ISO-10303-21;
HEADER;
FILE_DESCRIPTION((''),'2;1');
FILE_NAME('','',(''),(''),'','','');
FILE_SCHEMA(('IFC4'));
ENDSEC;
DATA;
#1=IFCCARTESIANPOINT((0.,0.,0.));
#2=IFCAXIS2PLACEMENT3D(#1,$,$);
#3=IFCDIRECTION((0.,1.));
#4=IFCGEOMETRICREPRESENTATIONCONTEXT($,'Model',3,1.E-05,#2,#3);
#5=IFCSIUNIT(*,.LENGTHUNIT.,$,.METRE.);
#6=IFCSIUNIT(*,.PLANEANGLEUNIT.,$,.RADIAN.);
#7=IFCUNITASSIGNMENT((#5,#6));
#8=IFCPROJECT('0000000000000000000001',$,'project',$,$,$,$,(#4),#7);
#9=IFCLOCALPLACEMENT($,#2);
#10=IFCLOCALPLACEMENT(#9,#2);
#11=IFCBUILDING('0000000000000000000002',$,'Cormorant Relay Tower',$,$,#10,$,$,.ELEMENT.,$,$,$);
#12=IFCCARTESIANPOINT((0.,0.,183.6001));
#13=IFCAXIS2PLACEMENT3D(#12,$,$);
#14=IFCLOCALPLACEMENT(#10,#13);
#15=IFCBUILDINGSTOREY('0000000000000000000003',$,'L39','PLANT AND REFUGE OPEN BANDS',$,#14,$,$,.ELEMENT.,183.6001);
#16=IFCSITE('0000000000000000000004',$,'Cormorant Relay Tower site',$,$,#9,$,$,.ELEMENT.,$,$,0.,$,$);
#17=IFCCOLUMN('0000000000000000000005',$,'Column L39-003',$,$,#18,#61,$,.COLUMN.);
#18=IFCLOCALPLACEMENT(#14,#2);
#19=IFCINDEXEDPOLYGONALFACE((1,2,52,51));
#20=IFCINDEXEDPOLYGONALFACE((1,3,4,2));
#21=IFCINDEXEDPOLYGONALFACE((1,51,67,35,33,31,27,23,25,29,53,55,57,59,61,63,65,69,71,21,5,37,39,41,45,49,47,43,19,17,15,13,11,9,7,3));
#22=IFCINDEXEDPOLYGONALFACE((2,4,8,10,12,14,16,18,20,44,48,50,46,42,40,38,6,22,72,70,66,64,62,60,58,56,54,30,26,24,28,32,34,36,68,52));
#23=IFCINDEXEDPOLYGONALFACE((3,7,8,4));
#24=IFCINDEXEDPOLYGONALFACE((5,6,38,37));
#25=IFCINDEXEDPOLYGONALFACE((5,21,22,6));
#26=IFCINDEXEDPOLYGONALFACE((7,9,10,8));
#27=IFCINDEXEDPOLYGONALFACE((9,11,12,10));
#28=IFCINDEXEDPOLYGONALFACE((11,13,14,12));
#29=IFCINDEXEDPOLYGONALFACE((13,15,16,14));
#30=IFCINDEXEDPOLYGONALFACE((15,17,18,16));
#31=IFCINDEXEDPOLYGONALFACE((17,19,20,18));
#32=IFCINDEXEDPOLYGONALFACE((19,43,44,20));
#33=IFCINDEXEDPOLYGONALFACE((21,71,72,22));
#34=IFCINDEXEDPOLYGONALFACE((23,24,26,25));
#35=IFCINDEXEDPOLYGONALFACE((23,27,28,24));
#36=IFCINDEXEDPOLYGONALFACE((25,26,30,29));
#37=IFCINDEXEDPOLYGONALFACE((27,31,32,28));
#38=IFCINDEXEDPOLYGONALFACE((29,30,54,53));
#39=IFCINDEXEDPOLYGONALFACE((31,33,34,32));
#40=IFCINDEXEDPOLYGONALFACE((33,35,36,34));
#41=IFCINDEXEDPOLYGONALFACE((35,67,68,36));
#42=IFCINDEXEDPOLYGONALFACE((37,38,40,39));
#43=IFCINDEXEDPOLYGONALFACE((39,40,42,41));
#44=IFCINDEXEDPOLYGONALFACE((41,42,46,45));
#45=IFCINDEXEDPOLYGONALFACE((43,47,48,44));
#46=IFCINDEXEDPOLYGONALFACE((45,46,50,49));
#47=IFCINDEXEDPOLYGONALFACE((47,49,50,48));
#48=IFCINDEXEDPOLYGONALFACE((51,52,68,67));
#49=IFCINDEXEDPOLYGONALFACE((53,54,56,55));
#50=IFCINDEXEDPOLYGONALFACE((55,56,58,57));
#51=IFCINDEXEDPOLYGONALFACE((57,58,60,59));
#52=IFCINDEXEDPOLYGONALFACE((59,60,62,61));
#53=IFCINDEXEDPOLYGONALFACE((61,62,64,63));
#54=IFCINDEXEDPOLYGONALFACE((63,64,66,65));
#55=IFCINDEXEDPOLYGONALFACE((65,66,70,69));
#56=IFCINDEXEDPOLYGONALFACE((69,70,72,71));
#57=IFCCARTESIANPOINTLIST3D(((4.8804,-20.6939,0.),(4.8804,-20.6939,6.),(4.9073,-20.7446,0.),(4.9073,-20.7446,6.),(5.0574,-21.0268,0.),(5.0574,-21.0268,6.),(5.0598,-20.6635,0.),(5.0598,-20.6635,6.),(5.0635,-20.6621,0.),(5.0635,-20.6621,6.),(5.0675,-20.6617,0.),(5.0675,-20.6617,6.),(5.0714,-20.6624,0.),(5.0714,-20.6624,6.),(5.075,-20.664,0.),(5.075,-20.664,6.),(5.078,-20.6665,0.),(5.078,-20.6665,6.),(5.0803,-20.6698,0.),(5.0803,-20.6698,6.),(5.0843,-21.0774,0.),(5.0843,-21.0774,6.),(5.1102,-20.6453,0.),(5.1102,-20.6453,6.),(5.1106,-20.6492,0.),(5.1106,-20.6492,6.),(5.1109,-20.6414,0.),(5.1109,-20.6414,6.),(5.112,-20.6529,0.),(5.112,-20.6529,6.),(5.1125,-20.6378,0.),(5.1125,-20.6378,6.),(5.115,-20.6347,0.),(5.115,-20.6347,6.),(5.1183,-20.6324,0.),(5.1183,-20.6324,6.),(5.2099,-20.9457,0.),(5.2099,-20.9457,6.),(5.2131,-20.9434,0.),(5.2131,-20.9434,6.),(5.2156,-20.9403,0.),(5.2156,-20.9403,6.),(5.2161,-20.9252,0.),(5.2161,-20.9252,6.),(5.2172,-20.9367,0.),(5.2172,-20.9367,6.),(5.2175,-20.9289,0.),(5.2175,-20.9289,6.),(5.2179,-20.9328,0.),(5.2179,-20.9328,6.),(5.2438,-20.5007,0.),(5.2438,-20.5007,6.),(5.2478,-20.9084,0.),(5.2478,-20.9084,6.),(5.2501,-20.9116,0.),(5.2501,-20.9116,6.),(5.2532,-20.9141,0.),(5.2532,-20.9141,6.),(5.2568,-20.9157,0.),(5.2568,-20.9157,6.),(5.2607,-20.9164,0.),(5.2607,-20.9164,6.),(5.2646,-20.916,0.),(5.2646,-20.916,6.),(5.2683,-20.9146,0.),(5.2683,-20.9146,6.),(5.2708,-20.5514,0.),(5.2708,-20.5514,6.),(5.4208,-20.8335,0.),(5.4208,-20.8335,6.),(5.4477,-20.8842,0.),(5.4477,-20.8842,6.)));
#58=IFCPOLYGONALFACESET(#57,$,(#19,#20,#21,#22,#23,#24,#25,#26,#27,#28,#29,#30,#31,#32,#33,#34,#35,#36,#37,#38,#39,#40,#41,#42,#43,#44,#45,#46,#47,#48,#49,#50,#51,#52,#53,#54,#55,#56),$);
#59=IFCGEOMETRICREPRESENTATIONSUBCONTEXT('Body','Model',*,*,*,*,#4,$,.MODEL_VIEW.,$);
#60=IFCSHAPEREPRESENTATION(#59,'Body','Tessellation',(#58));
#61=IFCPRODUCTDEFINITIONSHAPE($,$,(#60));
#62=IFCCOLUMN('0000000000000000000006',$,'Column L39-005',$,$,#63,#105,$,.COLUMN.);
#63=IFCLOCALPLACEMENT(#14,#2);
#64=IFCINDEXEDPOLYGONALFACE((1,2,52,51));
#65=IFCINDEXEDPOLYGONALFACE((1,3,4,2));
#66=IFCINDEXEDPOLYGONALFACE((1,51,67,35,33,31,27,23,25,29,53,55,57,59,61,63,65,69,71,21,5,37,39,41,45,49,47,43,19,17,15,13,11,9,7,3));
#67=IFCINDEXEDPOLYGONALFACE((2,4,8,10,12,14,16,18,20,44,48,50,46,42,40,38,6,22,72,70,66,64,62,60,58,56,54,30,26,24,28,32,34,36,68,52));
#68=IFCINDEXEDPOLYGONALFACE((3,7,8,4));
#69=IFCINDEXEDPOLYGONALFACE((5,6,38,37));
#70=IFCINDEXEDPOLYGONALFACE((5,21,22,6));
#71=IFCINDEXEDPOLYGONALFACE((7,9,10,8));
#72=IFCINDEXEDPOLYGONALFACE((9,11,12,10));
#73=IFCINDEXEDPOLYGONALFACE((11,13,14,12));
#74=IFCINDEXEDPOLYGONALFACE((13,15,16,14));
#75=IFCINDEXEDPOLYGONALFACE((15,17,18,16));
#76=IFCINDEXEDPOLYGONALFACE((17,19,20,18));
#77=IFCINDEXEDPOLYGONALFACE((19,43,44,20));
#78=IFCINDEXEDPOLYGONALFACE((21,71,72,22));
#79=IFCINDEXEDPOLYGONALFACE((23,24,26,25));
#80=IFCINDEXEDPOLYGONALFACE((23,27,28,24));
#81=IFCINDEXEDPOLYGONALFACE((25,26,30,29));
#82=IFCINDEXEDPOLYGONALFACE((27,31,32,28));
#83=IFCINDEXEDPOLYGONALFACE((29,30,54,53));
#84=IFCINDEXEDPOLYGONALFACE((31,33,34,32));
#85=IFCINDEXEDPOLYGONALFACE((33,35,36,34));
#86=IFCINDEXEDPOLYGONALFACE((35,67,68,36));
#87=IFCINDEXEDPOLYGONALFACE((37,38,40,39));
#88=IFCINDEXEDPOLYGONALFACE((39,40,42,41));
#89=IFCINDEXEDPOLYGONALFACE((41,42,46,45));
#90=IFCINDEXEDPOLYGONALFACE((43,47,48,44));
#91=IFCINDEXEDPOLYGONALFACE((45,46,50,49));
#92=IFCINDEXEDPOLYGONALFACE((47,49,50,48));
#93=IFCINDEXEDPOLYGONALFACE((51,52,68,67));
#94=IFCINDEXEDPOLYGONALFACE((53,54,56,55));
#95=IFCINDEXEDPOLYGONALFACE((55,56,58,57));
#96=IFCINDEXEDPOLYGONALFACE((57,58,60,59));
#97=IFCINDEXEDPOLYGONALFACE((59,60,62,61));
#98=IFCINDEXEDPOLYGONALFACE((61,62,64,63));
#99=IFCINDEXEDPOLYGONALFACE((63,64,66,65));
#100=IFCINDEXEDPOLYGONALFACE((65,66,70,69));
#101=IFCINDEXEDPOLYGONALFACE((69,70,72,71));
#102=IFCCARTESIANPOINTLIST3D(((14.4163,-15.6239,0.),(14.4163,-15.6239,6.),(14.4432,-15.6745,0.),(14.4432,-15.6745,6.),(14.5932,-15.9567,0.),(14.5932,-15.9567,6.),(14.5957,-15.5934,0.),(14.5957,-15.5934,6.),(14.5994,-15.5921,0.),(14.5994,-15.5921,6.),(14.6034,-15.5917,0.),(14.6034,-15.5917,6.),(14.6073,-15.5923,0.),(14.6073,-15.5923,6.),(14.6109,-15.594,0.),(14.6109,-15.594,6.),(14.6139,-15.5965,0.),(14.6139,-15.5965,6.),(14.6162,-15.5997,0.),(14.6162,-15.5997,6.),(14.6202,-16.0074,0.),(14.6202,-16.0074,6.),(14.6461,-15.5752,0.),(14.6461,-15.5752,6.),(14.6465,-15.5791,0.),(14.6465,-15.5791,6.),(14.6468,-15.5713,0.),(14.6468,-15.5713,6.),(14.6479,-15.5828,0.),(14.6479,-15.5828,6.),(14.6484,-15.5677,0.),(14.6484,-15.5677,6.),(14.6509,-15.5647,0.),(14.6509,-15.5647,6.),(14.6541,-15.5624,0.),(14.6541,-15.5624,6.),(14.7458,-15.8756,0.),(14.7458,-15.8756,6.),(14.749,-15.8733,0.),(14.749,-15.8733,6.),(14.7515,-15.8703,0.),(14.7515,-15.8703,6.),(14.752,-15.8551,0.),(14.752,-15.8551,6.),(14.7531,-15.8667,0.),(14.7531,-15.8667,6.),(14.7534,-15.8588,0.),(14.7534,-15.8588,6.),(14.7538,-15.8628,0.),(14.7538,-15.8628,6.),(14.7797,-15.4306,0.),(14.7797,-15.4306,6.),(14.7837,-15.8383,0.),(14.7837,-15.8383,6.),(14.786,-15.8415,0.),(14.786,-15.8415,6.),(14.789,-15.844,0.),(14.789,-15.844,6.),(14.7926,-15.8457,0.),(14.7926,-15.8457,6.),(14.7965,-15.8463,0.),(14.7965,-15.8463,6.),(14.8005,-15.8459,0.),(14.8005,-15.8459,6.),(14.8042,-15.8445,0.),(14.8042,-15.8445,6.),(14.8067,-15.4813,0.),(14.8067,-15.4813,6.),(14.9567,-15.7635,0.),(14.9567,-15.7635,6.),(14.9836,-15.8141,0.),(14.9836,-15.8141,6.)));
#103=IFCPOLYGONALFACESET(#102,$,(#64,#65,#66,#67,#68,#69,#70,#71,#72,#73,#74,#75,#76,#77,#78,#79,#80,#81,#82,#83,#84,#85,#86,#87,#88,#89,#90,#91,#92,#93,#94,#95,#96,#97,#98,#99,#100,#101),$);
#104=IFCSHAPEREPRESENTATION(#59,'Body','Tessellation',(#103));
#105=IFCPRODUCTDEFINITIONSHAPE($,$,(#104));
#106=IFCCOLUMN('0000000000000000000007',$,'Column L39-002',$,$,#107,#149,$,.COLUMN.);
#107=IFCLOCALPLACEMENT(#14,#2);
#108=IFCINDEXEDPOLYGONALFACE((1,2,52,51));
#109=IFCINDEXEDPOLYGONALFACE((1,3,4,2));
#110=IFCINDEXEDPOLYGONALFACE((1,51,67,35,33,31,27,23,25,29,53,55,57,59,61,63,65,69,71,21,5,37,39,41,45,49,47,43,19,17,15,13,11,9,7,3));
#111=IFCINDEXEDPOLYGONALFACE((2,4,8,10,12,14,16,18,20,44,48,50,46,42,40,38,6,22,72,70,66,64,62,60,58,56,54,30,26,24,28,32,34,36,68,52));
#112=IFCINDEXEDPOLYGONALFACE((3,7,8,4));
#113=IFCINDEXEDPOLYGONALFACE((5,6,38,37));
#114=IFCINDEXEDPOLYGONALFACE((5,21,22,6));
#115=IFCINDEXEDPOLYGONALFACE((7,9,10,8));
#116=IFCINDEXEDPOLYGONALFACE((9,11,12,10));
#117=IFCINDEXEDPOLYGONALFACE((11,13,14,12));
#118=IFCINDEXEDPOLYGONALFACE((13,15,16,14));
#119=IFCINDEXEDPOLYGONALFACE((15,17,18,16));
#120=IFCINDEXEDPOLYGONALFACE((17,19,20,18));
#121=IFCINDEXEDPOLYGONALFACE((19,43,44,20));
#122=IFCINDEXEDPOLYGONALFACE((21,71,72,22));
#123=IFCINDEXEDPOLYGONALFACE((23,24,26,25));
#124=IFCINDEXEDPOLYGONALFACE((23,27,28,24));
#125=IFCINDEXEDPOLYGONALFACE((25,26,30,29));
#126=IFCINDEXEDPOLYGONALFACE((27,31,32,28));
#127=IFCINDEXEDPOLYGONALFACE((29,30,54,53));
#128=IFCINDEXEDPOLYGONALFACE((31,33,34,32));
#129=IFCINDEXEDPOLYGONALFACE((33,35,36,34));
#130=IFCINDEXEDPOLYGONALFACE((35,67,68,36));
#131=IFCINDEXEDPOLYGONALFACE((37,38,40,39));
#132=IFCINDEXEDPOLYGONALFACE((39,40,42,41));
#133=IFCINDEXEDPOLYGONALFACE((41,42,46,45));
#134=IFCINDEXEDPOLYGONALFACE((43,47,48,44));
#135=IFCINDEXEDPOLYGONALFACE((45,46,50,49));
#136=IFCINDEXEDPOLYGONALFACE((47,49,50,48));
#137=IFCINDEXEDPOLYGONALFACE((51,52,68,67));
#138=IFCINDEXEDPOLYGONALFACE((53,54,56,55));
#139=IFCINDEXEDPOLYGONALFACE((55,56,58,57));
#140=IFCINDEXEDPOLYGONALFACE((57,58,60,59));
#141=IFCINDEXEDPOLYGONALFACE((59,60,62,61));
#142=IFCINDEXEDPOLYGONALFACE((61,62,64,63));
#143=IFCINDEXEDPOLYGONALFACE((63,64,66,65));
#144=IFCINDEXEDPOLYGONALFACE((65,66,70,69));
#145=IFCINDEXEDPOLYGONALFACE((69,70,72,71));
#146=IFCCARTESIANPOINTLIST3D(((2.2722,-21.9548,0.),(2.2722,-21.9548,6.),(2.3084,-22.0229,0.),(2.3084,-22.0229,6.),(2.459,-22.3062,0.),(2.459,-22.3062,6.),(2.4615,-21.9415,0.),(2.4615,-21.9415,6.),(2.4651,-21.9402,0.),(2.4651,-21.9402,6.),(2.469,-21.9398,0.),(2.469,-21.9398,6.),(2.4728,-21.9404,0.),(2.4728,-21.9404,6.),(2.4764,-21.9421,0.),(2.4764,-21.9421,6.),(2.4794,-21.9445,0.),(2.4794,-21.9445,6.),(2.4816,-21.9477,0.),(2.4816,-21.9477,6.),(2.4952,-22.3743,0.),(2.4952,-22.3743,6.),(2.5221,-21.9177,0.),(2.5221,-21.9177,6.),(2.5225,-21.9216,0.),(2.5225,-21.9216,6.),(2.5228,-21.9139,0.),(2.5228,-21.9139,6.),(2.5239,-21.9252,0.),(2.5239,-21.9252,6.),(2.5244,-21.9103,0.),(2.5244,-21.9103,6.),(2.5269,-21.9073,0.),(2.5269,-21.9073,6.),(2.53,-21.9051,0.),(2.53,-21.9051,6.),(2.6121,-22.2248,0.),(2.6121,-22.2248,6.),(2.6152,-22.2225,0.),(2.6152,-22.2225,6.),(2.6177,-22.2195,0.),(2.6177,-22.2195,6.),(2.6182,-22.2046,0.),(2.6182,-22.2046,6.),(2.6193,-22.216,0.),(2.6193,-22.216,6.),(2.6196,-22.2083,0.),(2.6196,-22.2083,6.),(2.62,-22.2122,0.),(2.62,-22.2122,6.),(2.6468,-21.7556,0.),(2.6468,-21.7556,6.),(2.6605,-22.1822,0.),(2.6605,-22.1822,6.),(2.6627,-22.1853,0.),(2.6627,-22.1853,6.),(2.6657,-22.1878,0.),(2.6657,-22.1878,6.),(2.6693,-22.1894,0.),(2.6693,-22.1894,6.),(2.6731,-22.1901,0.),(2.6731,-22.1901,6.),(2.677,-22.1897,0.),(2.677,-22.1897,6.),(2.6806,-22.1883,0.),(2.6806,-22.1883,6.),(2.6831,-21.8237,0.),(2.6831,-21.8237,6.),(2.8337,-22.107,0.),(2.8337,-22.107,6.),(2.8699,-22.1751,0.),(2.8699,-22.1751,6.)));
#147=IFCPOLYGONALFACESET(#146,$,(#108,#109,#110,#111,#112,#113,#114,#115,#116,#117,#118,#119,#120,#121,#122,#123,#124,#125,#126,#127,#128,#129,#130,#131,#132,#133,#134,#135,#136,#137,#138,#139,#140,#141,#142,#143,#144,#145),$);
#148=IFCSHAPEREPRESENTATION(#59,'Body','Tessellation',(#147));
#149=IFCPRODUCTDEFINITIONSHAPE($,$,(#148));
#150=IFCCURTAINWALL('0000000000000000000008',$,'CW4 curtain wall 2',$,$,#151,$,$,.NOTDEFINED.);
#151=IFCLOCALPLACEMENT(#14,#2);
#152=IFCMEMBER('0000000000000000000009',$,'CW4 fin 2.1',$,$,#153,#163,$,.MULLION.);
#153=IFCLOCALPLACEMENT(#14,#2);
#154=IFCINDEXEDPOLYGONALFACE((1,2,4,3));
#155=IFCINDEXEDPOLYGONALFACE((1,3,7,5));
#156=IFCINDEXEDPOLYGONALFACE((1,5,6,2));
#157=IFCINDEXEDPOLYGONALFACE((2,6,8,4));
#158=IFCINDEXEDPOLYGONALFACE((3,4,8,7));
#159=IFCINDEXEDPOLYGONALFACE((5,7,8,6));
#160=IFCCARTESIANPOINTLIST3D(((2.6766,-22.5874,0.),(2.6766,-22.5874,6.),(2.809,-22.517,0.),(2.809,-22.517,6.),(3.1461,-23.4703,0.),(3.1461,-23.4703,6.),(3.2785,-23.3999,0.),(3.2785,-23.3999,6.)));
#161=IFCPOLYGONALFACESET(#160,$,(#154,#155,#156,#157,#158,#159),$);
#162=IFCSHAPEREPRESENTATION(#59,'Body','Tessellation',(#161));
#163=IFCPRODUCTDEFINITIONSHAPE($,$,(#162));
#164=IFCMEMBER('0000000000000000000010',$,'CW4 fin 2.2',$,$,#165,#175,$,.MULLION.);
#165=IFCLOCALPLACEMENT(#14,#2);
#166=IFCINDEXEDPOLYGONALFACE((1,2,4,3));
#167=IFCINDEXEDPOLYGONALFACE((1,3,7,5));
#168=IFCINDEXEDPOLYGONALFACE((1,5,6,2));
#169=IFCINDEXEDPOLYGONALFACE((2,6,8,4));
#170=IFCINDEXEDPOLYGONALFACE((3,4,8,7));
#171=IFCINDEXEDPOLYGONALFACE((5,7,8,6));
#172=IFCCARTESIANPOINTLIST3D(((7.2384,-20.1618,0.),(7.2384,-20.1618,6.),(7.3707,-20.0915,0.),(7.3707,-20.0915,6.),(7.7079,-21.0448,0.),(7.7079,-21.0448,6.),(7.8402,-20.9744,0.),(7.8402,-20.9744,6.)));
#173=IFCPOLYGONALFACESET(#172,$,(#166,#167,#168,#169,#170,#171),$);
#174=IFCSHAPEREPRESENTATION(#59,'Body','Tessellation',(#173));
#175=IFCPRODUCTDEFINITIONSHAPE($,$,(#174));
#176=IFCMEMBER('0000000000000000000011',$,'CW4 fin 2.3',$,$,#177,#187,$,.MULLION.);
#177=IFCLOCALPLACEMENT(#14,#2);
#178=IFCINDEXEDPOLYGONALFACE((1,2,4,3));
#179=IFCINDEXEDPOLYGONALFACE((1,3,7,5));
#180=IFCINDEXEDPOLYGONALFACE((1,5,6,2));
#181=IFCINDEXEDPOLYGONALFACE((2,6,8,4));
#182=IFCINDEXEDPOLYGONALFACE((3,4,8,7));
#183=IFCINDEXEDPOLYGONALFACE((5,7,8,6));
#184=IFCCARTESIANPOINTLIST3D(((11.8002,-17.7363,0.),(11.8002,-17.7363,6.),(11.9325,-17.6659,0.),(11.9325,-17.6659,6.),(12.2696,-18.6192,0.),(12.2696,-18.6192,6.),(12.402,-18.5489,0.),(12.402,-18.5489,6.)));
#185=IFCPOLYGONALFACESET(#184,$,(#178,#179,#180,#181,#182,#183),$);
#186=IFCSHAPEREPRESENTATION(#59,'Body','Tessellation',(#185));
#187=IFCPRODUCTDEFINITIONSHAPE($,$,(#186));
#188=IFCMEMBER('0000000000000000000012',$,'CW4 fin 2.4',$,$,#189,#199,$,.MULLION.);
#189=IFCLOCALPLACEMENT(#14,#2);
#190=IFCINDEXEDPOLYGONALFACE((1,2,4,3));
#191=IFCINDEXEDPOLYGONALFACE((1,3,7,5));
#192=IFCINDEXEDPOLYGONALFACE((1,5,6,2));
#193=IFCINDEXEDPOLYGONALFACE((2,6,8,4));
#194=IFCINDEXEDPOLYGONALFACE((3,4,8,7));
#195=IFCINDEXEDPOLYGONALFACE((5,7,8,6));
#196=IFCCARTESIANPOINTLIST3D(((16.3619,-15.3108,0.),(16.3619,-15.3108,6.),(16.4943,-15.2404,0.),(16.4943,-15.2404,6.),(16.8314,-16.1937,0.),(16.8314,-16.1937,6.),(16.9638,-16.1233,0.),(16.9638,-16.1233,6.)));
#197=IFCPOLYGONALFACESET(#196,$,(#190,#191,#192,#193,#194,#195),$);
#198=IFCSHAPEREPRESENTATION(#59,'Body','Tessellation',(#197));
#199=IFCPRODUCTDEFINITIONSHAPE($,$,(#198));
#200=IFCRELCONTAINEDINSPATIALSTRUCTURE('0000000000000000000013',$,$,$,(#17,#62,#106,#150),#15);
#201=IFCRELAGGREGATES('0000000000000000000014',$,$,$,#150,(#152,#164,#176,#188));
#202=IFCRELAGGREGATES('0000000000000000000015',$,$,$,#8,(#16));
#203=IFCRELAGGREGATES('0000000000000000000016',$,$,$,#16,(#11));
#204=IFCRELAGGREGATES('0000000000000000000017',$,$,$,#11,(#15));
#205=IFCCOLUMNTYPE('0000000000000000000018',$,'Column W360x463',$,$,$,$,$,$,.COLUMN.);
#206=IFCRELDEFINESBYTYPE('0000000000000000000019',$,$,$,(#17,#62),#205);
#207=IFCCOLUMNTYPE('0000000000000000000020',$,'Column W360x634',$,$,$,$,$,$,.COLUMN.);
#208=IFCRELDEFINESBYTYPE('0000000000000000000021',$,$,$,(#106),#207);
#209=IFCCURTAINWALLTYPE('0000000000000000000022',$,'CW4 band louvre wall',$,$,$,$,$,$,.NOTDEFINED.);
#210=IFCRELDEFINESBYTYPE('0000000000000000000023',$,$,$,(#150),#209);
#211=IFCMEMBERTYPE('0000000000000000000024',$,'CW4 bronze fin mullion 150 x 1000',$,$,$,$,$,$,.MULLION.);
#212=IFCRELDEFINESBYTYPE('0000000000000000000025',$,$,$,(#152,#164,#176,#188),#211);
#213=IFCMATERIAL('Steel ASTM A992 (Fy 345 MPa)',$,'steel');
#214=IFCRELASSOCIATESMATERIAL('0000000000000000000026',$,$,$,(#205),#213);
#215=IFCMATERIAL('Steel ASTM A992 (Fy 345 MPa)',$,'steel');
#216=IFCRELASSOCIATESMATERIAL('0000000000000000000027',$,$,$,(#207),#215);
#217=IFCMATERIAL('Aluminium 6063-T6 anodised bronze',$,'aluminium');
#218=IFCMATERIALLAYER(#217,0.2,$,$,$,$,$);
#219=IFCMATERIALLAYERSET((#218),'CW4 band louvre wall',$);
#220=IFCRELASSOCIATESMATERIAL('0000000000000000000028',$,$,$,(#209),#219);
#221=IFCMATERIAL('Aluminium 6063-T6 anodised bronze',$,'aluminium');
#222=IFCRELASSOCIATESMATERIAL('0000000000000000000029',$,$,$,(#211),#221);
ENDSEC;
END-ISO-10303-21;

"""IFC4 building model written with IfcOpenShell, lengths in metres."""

from ifc_helpers import new_model, si_unit, direction, frame, origin, origin_2d, place, context, subcontext, project, spatial, rectangle, i_section, extrude, material, layer, layer_set, material_profile, profile_set, type_object, element, aggregate, save


model = new_model("IFC4")

# Units and contexts
model_context = context("Model", 3, precision=1e-05, world=origin(), true_north=direction((0.0, 1.0)))
body_context = subcontext(model_context, "Body", "Model", "MODEL_VIEW")
ifc_project = project(units=[si_unit("LENGTHUNIT", "METRE"), si_unit("PLANEANGLEUNIT", "RADIAN")], contexts=[model_context])

# Site, building, storey
site_placement = place(None, origin())
site = spatial("IfcSite", under=ifc_project, at=site_placement, Name="Cormorant Relay Tower site", CompositionType="ELEMENT", RefElevation=0.0)
building_placement = place(site_placement, origin())
building = spatial("IfcBuilding", under=site, at=building_placement, Name="Cormorant Relay Tower", CompositionType="ELEMENT")
storey_placement = place(building_placement, frame((0.0, 0.0, 183.6001)))
storey = spatial("IfcBuildingStorey", under=building, at=storey_placement, Name="L39", Description="PLANT AND REFUGE OPEN BANDS", CompositionType="ELEMENT", Elevation=183.6001)

# Columns
ifc_material_1 = material(Name="Steel ASTM A992 (Fy 345 MPa)", Category="steel")
ifc_material_profile_1 = material_profile(ifc_material_1, i_section(OverallWidth=0.4116, OverallDepth=0.4343, WebThickness=0.0359, FlangeThickness=0.0574, FilletRadius=0.0151, at=origin_2d()), Name="W360x463")
ifc_profile_set_1 = profile_set([ifc_material_profile_1], Name="Steel ASTM A992 (Fy 345 MPa)")
column_type_1 = type_object("IfcColumnType", Name="Column W360x463", PredefinedType="COLUMN", material=ifc_profile_set_1)
for number, where, z_axis, x_axis, name in (
    (1, (5.1641, -20.7891, 0.0), (0.0, 0.0, 1.0), (0.882948, 0.469472, 0.0), "Column L39-003"),
    (2, (14.7, -15.719, 0.0), (0.0, 0.0, 1.0), (0.882948, 0.469472, 0.0), "Column L39-005"),
):
    element("IfcColumn", number, at=place(storey_placement, frame(where, z_axis=z_axis, x_axis=x_axis)), inside=storey, type_object=column_type_1, Name=name, PredefinedType="COLUMN", context=body_context, shape_type="SweptSolid", body=[
        extrude(i_section(OverallWidth=0.4116, OverallDepth=0.4343, WebThickness=0.0359, FlangeThickness=0.0574, FilletRadius=0.0151, at=origin_2d()), origin(), (0.0, 0.0, 1.0), 6.0),
    ])
ifc_material_2 = material(Name="Steel ASTM A992 (Fy 345 MPa)", Category="steel")
ifc_material_profile_2 = material_profile(ifc_material_2, i_section(OverallWidth=0.4243, OverallDepth=0.4751, WebThickness=0.0479, FlangeThickness=0.0771, FilletRadius=0.0149, at=origin_2d()), Name="W360x634")
ifc_profile_set_2 = profile_set([ifc_material_profile_2], Name="Steel ASTM A992 (Fy 345 MPa)")
column_type_2 = type_object("IfcColumnType", Name="Column W360x634", PredefinedType="COLUMN", material=ifc_profile_set_2)
column_placement = place(storey_placement, frame((2.571, -22.0649, 0.0), z_axis=(0.0, 0.0, 1.0), x_axis=(0.882948, 0.469472, 0.0)))
element("IfcColumn", 3, at=column_placement, inside=storey, type_object=column_type_2, Name="Column L39-002", PredefinedType="COLUMN", context=body_context, shape_type="SweptSolid", body=[
    extrude(i_section(OverallWidth=0.4243, OverallDepth=0.4751, WebThickness=0.0479, FlangeThickness=0.0771, FilletRadius=0.0149, at=origin_2d()), origin(), (0.0, 0.0, 1.0), 6.0),
])

# Curtain wall, members
ifc_material_3 = material(Name="Aluminium 6063-T6 anodised bronze", Category="aluminium")
ifc_layer_1 = layer(ifc_material_3, 0.2)
ifc_layer_set_1 = layer_set([ifc_layer_1], Name="CW4 band louvre wall")
curtain_wall_type = type_object("IfcCurtainWallType", Name="CW4 band louvre wall", PredefinedType="NOTDEFINED", material=ifc_layer_set_1)
curtain_wall_1_placement = place(storey_placement, origin())
curtain_wall_1 = element("IfcCurtainWall", 4, at=curtain_wall_1_placement, inside=storey, type_object=curtain_wall_type, Name="CW4 curtain wall 2", PredefinedType="NOTDEFINED")
ifc_material_4 = material(Name="Aluminium 6063-T6 anodised bronze", Category="aluminium")
ifc_material_profile_3 = material_profile(ifc_material_4, rectangle(XDim=0.1499, YDim=1.0, at=origin_2d()), Name="AL 150x1000")
ifc_profile_set_3 = profile_set([ifc_material_profile_3], Name="Aluminium 6063-T6 anodised bronze")
member_type_1 = type_object("IfcMemberType", Name="CW4 bronze fin mullion 150 x 1000", PredefinedType="MULLION", material=ifc_profile_set_3)
member_1_placement = place(storey_placement, frame((2.9775, -22.9937, 0.0), z_axis=(0.0, 0.0, 1.0), x_axis=(0.882948, 0.469472, 0.0)))
member_1 = element("IfcMember", 5, at=member_1_placement, type_object=member_type_1, Name="CW4 fin 2.1", PredefinedType="MULLION", context=body_context, shape_type="SweptSolid", body=[
    extrude(rectangle(XDim=0.1499, YDim=1.0, at=origin_2d()), origin(), (0.0, 0.0, 1.0), 6.0),
])
member_2_placement = place(storey_placement, frame((7.5393, -20.5681, 0.0), z_axis=(0.0, 0.0, 1.0), x_axis=(0.882948, 0.469472, 0.0)))
member_2 = element("IfcMember", 6, at=member_2_placement, type_object=member_type_1, Name="CW4 fin 2.2", PredefinedType="MULLION", context=body_context, shape_type="SweptSolid", body=[
    extrude(rectangle(XDim=0.1499, YDim=1.0, at=origin_2d()), origin(), (0.0, 0.0, 1.0), 6.0),
])
member_3_placement = place(storey_placement, frame((12.1011, -18.1426, 0.0), z_axis=(0.0, 0.0, 1.0), x_axis=(0.882948, 0.469472, 0.0)))
member_3 = element("IfcMember", 7, at=member_3_placement, type_object=member_type_1, Name="CW4 fin 2.3", PredefinedType="MULLION", context=body_context, shape_type="SweptSolid", body=[
    extrude(rectangle(XDim=0.1499, YDim=1.0, at=origin_2d()), origin(), (0.0, 0.0, 1.0), 6.0),
])
member_4_placement = place(storey_placement, frame((16.6628, -15.717, 0.0), z_axis=(0.0, 0.0, 1.0), x_axis=(0.882948, 0.469472, 0.0)))
member_4 = element("IfcMember", 8, at=member_4_placement, type_object=member_type_1, Name="CW4 fin 2.4", PredefinedType="MULLION", context=body_context, shape_type="SweptSolid", body=[
    extrude(rectangle(XDim=0.1499, YDim=1.0, at=origin_2d()), origin(), (0.0, 0.0, 1.0), 6.0),
])

aggregate(curtain_wall_1, [member_1, member_2, member_3, member_4])

save(model, "model.ifc")
